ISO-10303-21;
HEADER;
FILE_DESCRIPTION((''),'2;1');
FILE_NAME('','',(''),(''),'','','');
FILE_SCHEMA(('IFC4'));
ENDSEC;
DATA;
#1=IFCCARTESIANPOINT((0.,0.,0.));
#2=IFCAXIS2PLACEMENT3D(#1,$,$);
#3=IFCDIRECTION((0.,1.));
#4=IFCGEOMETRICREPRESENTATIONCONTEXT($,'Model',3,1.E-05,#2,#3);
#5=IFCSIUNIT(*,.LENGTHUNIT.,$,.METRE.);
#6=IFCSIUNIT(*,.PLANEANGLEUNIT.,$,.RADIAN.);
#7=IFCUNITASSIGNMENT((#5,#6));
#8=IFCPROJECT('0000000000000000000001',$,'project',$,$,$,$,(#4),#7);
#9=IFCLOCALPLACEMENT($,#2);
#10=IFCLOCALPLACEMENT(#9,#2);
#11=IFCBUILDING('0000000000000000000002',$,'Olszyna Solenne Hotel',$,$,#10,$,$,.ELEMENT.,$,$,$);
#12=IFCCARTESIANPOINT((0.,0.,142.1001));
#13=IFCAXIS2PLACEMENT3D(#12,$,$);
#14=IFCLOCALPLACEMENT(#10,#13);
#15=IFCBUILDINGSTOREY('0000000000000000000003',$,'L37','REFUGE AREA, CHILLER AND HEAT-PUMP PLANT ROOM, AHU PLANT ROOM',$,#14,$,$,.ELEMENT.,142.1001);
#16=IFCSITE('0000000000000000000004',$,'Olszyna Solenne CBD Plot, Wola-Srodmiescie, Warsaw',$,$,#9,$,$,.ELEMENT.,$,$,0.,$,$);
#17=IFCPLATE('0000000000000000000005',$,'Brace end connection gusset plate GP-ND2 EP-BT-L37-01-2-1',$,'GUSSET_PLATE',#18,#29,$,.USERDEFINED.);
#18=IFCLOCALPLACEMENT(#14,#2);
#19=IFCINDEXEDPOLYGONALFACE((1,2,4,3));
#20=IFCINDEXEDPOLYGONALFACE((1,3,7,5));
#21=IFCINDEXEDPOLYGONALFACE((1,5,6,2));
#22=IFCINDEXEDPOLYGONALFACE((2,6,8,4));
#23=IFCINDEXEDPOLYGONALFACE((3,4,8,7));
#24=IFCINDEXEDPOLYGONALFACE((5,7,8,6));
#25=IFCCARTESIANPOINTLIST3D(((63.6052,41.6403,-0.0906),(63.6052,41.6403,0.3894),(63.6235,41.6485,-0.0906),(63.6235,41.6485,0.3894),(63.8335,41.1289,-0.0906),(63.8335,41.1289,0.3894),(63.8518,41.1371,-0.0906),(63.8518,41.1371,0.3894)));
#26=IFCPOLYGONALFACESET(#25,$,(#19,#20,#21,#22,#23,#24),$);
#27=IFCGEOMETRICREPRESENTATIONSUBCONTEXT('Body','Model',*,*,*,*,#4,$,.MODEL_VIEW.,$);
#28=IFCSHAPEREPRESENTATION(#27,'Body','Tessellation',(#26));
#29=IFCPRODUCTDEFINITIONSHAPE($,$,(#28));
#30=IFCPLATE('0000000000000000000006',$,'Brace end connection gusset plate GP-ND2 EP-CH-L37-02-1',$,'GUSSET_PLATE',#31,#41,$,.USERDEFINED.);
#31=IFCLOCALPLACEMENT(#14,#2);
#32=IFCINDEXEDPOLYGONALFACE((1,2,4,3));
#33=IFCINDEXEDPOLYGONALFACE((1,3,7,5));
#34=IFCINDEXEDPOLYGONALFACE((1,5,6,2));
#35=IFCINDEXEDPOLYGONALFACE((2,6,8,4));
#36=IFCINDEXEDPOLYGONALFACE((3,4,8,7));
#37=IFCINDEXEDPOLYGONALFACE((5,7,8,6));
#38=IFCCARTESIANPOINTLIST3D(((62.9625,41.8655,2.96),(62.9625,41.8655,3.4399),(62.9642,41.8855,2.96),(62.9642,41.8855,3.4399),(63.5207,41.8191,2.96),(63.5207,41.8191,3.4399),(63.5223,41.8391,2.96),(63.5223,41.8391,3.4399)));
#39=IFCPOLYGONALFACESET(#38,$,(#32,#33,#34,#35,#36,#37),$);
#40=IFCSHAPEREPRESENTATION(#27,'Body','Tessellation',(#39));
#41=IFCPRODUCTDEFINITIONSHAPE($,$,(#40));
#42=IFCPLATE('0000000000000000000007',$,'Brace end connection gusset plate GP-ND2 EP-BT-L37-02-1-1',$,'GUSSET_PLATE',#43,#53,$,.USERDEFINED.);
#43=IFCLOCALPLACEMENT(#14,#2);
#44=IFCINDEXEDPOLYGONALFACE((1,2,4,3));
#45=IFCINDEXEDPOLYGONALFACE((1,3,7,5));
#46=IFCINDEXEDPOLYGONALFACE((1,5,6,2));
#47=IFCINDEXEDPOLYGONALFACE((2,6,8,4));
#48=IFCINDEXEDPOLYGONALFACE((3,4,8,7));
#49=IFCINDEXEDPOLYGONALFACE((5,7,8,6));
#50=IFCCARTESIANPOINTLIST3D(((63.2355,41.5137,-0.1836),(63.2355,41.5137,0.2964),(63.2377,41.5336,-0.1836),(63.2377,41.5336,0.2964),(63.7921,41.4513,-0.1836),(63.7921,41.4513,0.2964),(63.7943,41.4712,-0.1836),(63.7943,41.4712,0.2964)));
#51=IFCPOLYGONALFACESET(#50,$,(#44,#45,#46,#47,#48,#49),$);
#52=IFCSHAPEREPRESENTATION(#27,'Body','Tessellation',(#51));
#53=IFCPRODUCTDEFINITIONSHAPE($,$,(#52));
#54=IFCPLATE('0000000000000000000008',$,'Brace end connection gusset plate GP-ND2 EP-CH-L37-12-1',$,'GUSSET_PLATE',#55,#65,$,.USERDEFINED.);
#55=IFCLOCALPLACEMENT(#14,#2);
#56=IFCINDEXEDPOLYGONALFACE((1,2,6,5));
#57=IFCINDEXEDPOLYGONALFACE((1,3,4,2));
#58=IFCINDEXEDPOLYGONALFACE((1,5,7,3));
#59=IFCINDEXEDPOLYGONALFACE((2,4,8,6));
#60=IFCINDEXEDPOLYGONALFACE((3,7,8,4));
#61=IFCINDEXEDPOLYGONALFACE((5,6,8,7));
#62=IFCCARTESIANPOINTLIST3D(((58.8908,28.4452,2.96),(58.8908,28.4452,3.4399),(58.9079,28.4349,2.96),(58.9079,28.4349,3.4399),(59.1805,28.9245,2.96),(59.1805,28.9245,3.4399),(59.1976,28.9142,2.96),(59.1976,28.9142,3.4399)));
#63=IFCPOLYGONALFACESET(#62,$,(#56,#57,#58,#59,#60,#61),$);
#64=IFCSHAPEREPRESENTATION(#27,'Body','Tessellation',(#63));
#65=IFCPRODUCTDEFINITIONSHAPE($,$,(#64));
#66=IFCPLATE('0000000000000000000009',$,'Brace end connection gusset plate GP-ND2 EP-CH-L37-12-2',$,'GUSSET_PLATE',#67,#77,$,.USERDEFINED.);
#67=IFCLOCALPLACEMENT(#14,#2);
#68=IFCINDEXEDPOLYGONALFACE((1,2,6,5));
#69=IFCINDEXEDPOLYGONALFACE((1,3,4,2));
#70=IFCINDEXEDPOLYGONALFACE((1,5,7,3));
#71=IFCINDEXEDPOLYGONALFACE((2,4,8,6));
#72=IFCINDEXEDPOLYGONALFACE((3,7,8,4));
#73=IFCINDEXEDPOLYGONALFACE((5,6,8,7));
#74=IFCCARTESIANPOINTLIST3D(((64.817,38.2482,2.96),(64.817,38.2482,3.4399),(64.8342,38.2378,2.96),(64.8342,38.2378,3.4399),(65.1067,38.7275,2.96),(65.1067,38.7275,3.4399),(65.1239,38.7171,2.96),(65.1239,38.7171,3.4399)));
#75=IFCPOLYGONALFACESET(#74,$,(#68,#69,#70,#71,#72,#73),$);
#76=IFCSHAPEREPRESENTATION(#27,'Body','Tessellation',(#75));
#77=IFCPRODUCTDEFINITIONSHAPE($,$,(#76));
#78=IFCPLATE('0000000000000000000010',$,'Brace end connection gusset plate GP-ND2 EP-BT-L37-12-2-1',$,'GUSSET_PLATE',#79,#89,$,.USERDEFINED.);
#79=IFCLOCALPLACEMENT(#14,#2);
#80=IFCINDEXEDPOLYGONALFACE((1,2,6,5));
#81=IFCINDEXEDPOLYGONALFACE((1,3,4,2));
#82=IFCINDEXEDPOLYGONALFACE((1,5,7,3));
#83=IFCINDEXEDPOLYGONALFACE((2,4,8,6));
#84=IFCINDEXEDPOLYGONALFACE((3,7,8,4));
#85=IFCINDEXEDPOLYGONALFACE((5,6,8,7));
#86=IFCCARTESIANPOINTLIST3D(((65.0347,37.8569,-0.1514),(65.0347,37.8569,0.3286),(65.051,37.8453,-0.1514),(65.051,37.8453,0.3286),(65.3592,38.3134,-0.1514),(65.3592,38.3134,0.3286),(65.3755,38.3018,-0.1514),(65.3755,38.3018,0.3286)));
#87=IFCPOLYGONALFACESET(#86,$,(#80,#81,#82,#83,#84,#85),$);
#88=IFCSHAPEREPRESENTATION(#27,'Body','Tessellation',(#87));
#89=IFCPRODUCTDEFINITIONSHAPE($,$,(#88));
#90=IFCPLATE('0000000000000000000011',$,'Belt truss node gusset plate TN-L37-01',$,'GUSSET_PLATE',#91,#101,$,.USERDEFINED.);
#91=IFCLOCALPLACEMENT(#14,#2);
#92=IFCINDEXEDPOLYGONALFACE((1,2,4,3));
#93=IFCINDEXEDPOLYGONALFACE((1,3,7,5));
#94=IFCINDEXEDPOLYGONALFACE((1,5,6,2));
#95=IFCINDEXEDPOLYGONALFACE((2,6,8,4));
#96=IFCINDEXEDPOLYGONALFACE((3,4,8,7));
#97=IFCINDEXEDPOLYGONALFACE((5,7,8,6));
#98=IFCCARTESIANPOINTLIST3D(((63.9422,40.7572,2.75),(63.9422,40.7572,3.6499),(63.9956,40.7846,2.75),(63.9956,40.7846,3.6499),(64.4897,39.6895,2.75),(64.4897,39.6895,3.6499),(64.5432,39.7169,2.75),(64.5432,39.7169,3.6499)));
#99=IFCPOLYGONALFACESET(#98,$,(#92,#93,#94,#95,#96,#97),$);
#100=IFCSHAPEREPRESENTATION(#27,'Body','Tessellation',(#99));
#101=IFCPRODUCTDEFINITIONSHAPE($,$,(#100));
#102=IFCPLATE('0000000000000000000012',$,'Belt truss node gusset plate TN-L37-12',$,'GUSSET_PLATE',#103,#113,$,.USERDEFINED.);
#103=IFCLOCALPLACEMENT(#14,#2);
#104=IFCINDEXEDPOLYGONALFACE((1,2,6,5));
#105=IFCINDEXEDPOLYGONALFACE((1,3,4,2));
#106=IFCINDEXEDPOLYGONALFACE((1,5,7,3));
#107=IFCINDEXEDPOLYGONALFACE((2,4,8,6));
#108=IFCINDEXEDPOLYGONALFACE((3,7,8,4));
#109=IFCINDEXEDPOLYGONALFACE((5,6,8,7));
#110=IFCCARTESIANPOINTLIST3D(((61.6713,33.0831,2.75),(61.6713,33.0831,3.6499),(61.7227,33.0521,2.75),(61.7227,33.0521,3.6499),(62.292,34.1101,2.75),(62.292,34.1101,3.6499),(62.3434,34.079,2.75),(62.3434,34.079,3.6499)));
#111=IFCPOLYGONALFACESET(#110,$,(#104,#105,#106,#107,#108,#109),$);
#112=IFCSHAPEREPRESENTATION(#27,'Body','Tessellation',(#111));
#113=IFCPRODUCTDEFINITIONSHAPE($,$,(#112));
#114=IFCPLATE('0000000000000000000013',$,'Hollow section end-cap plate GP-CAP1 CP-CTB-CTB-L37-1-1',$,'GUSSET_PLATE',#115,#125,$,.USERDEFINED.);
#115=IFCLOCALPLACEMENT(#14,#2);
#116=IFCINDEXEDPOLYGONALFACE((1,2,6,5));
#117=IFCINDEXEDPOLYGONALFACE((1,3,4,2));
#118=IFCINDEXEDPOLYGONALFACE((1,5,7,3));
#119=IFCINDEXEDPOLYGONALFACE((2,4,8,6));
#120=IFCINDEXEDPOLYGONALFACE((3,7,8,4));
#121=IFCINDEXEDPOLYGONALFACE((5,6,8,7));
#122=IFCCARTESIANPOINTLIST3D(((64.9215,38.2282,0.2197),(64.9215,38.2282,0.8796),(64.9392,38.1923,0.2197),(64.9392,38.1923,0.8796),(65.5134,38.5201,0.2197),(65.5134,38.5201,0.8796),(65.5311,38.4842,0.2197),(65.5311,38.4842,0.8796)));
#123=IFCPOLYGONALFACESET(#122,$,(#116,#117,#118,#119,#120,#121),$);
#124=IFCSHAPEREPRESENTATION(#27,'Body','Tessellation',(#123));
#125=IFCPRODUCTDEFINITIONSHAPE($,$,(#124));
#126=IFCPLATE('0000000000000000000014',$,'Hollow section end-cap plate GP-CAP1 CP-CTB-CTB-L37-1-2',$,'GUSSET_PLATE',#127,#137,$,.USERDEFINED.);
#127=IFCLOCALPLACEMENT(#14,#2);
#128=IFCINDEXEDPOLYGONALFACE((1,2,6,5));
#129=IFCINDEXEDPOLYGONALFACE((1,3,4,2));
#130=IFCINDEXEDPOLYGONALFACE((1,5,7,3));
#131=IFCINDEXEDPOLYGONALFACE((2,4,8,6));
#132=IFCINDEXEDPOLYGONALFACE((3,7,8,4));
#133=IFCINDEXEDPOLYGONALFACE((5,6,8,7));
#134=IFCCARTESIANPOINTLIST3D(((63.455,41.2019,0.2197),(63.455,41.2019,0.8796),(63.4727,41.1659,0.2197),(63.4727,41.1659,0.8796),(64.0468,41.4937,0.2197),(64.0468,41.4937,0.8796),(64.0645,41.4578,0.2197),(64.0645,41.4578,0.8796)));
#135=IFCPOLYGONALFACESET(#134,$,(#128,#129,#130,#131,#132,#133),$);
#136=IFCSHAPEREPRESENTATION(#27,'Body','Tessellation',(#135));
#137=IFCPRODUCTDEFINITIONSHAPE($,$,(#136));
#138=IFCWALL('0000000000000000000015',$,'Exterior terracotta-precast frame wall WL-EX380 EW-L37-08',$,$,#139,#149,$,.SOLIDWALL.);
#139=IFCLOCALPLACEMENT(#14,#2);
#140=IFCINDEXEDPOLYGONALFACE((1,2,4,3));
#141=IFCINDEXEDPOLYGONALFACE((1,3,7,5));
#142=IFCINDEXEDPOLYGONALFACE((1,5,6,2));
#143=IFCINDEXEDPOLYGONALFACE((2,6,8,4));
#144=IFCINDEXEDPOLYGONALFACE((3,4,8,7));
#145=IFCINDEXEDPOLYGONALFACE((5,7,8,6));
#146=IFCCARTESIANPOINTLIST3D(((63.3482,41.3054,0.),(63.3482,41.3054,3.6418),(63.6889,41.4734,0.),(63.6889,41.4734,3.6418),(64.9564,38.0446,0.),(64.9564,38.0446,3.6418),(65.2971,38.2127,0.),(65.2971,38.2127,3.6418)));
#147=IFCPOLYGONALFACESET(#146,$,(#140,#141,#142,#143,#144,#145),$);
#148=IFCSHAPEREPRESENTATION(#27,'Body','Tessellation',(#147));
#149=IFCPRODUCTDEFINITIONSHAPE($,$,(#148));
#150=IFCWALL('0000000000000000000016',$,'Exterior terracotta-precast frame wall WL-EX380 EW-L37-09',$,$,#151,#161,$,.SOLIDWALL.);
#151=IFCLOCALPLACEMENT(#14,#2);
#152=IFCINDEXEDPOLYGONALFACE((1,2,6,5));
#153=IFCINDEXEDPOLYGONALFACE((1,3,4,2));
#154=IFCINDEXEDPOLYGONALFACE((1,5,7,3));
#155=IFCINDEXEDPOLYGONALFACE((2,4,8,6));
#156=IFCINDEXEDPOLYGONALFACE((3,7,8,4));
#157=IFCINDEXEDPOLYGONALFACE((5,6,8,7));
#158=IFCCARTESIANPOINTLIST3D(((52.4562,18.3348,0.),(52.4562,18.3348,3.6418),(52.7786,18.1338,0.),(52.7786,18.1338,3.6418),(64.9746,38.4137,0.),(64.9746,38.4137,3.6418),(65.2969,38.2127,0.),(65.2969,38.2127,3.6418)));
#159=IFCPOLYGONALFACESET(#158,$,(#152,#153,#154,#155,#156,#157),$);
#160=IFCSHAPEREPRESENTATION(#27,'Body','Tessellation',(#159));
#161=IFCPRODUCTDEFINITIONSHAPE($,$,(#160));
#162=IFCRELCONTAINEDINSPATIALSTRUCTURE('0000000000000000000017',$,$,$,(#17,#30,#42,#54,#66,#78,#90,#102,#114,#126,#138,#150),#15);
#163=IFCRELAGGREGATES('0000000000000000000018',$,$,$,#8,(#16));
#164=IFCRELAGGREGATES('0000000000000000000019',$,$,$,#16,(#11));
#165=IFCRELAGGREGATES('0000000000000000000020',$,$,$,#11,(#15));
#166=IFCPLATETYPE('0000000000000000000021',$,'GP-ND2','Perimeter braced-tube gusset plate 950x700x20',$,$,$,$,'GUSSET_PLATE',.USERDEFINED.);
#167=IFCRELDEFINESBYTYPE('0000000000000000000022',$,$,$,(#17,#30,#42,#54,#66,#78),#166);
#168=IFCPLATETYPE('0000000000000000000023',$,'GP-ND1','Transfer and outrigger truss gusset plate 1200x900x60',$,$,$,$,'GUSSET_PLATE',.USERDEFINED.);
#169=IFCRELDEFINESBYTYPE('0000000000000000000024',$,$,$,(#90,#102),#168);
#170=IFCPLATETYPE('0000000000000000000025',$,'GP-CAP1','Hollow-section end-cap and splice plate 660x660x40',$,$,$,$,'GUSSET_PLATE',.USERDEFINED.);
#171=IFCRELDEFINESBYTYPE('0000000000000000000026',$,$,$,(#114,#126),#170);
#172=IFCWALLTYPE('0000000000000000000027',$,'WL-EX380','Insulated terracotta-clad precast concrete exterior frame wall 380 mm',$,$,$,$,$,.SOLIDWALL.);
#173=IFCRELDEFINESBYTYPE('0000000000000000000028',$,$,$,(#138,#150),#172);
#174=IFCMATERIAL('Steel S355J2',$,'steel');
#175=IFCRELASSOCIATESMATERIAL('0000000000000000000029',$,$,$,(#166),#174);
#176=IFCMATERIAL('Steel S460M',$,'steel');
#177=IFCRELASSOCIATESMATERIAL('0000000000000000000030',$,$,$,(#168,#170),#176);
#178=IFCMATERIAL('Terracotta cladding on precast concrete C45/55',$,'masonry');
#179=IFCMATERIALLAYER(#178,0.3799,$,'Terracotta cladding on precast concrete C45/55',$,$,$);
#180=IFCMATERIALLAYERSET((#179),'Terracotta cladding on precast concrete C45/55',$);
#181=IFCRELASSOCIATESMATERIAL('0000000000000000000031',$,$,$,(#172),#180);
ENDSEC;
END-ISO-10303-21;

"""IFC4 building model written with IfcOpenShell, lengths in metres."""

from ifc_helpers import new_model, si_unit, direction, frame, frame_2d, origin, origin_2d, place, context, subcontext, project, spatial, rectangle, extrude, source, transform, mapped, material, layer, layer_set, type_object, element, save


model = new_model("IFC4")

# Units and contexts
model_context = context("Model", 3, precision=1e-05, world=origin(), true_north=direction((0.0, 1.0)))
body_context = subcontext(model_context, "Body", "Model", "MODEL_VIEW")
ifc_project = project(units=[si_unit("LENGTHUNIT", "METRE"), si_unit("PLANEANGLEUNIT", "RADIAN")], contexts=[model_context])

# Site, building, storey
site_placement = place(None, origin())
site = spatial("IfcSite", under=ifc_project, at=site_placement, Name="Olszyna Solenne CBD Plot, Wola-Srodmiescie, Warsaw", CompositionType="ELEMENT", RefElevation=0.0)
building_placement = place(site_placement, origin())
building = spatial("IfcBuilding", under=site, at=building_placement, Name="Olszyna Solenne Hotel", CompositionType="ELEMENT")
storey_placement = place(building_placement, frame((0.0, 0.0, 142.1001)))
storey = spatial("IfcBuildingStorey", under=building, at=storey_placement, Name="L37", Description="REFUGE AREA, CHILLER AND HEAT-PUMP PLANT ROOM, AHU PLANT ROOM", CompositionType="ELEMENT", Elevation=142.1001)

# Shared definitions
ifc_material_1 = material(Name="Steel S460M", Category="steel")

# Shared definitions
ifc_material_2 = material(Name="Steel S355J2", Category="steel")

# Plates
plate_type_1 = type_object("IfcPlateType", Name="GP-ND2", Description="Perimeter braced-tube gusset plate 950x700x20", ElementType="GUSSET_PLATE", PredefinedType="USERDEFINED", material=ifc_material_2)
shared_shape_1 = source(origin(), body_context, "Body", "SweptSolid", [
    extrude(rectangle(XDim=0.5601, YDim=0.02, at=origin_2d()), origin(), (0.0, 0.0, 1.0), 0.48),
])
for number, where, z_axis, x_axis, name in (
    (1, (63.7285, 41.3887, -0.0906), (0.0, 0.0, 1.0), (0.407693, -0.913119, 0.0), "Brace end connection gusset plate GP-ND2 EP-BT-L37-01-2-1"),
    (2, (63.2424, 41.8523, 2.96), (0.0, 0.0, 1.0), (-0.996566, 0.082808, 0.0), "Brace end connection gusset plate GP-ND2 EP-CH-L37-02-1"),
    (3, (63.5149, 41.4924, -0.1836), (0.0, 0.0, 1.0), (-0.993768, 0.111469, 0.0), "Brace end connection gusset plate GP-ND2 EP-BT-L37-02-1-1"),
    (4, (59.0442, 28.6797, 2.96), (0.0, 0.0, 1.0), (0.51728, 0.855816, 0.0), "Brace end connection gusset plate GP-ND2 EP-CH-L37-12-1"),
    (5, (64.9705, 38.4827, 2.96), (0.0, 0.0, 1.0), (0.51728, 0.855816, 0.0), "Brace end connection gusset plate GP-ND2 EP-CH-L37-12-2"),
    (6, (65.2051, 38.0793, -0.1514), (0.0, 0.0, 1.0), (-0.579423, -0.815027, 0.0), "Brace end connection gusset plate GP-ND2 EP-BT-L37-12-2-1"),
):
    element("IfcPlate", number, at=place(storey_placement, frame(where, z_axis=z_axis, x_axis=x_axis)), inside=storey, type_object=plate_type_1, Name=name, ObjectType="GUSSET_PLATE", PredefinedType="USERDEFINED", context=body_context, shape_type="MappedRepresentation", body=[
        mapped(shared_shape_1, transform((0.0, 0.0, 0.0), x_axis=(1.0, 0.0, 0.0), y_axis=(0.0, 1.0, 0.0), z_axis=(0.0, 0.0, 1.0), scale=1.0)),
    ])
plate_type_2 = type_object("IfcPlateType", Name="GP-ND1", Description="Transfer and outrigger truss gusset plate 1200x900x60", ElementType="GUSSET_PLATE", PredefinedType="USERDEFINED", material=ifc_material_1)
shared_shape_2 = source(origin(), body_context, "Body", "SweptSolid", [
    extrude(rectangle(XDim=1.2, YDim=0.0601, at=origin_2d()), origin(), (0.0, 0.0, 1.0), 0.8999),
])
for number, where, z_axis, x_axis, name in (
    (7, (64.2427, 40.2371, 2.75), (0.0, 0.0, 1.0), (-0.456322, 0.889815, 0.0), "Belt truss node gusset plate TN-L37-01"),
    (8, (62.0073, 33.5811, 2.75), (0.0, 0.0, 1.0), (0.51728, 0.855816, 0.0), "Belt truss node gusset plate TN-L37-12"),
):
    element("IfcPlate", number, at=place(storey_placement, frame(where, z_axis=z_axis, x_axis=x_axis)), inside=storey, type_object=plate_type_2, Name=name, ObjectType="GUSSET_PLATE", PredefinedType="USERDEFINED", context=body_context, shape_type="MappedRepresentation", body=[
        mapped(shared_shape_2, transform((0.0, 0.0, 0.0), x_axis=(1.0, 0.0, 0.0), y_axis=(0.0, 1.0, 0.0), z_axis=(0.0, 0.0, 1.0), scale=1.0)),
    ])
plate_type_3 = type_object("IfcPlateType", Name="GP-CAP1", Description="Hollow-section end-cap and splice plate 660x660x40", ElementType="GUSSET_PLATE", PredefinedType="USERDEFINED", material=ifc_material_1)
shared_shape_3 = source(origin(), body_context, "Body", "SweptSolid", [
    extrude(rectangle(XDim=0.04, YDim=0.6599, at=origin_2d()), origin(), (0.0, 0.0, 1.0), 0.6599),
])
for number, where, z_axis, x_axis, name in (
    (9, (65.2263, 38.3562, 0.2197), (0.0, 0.0, 1.0), (-0.442289, 0.896873, 0.0), "Hollow section end-cap plate GP-CAP1 CP-CTB-CTB-L37-1-1"),
    (10, (63.7598, 41.3298, 0.2197), (0.0, 0.0, 1.0), (-0.442289, 0.896873, 0.0), "Hollow section end-cap plate GP-CAP1 CP-CTB-CTB-L37-1-2"),
):
    element("IfcPlate", number, at=place(storey_placement, frame(where, z_axis=z_axis, x_axis=x_axis)), inside=storey, type_object=plate_type_3, Name=name, ObjectType="GUSSET_PLATE", PredefinedType="USERDEFINED", context=body_context, shape_type="MappedRepresentation", body=[
        mapped(shared_shape_3, transform((0.0, 0.0, 0.0), x_axis=(1.0, 0.0, 0.0), y_axis=(0.0, 1.0, 0.0), z_axis=(0.0, 0.0, 1.0), scale=1.0)),
    ])

# Walls
ifc_material_3 = material(Name="Terracotta cladding on precast concrete C45/55", Category="masonry")
ifc_layer = layer(ifc_material_3, 0.3799, Name="Terracotta cladding on precast concrete C45/55")
ifc_layer_set = layer_set([ifc_layer], Name="Terracotta cladding on precast concrete C45/55")
wall_type = type_object("IfcWallType", Name="WL-EX380", Description="Insulated terracotta-clad precast concrete exterior frame wall 380 mm", PredefinedType="SOLIDWALL", material=ifc_layer_set)
wall_1_placement = place(storey_placement, frame((63.5186, 41.3894, 0.0), z_axis=(0.0, 0.0, 1.0), x_axis=(0.442318, -0.896858, 0.0)))
element("IfcWall", 11, at=wall_1_placement, inside=storey, type_object=wall_type, Name="Exterior terracotta-precast frame wall WL-EX380 EW-L37-08", PredefinedType="SOLIDWALL", context=body_context, shape_type="SweptSolid", body=[
    extrude(rectangle(XDim=3.6357, YDim=0.3799, at=frame_2d((1.8179, 0.0))), origin(), (0.0, 0.0, 1.0), 3.6418),
])
wall_2_placement = place(storey_placement, frame((65.1357, 38.3132, 0.0), z_axis=(0.0, 0.0, 1.0), x_axis=(-0.529057, -0.848586, 0.0)))
element("IfcWall", 12, at=wall_2_placement, inside=storey, type_object=wall_type, Name="Exterior terracotta-precast frame wall WL-EX380 EW-L37-09", PredefinedType="SOLIDWALL", context=body_context, shape_type="SweptSolid", body=[
    extrude(rectangle(XDim=23.6616, YDim=0.3799, at=frame_2d((11.8308, 0.0))), origin(), (0.0, 0.0, 1.0), 3.6418),
])

save(model, "model.ifc")
